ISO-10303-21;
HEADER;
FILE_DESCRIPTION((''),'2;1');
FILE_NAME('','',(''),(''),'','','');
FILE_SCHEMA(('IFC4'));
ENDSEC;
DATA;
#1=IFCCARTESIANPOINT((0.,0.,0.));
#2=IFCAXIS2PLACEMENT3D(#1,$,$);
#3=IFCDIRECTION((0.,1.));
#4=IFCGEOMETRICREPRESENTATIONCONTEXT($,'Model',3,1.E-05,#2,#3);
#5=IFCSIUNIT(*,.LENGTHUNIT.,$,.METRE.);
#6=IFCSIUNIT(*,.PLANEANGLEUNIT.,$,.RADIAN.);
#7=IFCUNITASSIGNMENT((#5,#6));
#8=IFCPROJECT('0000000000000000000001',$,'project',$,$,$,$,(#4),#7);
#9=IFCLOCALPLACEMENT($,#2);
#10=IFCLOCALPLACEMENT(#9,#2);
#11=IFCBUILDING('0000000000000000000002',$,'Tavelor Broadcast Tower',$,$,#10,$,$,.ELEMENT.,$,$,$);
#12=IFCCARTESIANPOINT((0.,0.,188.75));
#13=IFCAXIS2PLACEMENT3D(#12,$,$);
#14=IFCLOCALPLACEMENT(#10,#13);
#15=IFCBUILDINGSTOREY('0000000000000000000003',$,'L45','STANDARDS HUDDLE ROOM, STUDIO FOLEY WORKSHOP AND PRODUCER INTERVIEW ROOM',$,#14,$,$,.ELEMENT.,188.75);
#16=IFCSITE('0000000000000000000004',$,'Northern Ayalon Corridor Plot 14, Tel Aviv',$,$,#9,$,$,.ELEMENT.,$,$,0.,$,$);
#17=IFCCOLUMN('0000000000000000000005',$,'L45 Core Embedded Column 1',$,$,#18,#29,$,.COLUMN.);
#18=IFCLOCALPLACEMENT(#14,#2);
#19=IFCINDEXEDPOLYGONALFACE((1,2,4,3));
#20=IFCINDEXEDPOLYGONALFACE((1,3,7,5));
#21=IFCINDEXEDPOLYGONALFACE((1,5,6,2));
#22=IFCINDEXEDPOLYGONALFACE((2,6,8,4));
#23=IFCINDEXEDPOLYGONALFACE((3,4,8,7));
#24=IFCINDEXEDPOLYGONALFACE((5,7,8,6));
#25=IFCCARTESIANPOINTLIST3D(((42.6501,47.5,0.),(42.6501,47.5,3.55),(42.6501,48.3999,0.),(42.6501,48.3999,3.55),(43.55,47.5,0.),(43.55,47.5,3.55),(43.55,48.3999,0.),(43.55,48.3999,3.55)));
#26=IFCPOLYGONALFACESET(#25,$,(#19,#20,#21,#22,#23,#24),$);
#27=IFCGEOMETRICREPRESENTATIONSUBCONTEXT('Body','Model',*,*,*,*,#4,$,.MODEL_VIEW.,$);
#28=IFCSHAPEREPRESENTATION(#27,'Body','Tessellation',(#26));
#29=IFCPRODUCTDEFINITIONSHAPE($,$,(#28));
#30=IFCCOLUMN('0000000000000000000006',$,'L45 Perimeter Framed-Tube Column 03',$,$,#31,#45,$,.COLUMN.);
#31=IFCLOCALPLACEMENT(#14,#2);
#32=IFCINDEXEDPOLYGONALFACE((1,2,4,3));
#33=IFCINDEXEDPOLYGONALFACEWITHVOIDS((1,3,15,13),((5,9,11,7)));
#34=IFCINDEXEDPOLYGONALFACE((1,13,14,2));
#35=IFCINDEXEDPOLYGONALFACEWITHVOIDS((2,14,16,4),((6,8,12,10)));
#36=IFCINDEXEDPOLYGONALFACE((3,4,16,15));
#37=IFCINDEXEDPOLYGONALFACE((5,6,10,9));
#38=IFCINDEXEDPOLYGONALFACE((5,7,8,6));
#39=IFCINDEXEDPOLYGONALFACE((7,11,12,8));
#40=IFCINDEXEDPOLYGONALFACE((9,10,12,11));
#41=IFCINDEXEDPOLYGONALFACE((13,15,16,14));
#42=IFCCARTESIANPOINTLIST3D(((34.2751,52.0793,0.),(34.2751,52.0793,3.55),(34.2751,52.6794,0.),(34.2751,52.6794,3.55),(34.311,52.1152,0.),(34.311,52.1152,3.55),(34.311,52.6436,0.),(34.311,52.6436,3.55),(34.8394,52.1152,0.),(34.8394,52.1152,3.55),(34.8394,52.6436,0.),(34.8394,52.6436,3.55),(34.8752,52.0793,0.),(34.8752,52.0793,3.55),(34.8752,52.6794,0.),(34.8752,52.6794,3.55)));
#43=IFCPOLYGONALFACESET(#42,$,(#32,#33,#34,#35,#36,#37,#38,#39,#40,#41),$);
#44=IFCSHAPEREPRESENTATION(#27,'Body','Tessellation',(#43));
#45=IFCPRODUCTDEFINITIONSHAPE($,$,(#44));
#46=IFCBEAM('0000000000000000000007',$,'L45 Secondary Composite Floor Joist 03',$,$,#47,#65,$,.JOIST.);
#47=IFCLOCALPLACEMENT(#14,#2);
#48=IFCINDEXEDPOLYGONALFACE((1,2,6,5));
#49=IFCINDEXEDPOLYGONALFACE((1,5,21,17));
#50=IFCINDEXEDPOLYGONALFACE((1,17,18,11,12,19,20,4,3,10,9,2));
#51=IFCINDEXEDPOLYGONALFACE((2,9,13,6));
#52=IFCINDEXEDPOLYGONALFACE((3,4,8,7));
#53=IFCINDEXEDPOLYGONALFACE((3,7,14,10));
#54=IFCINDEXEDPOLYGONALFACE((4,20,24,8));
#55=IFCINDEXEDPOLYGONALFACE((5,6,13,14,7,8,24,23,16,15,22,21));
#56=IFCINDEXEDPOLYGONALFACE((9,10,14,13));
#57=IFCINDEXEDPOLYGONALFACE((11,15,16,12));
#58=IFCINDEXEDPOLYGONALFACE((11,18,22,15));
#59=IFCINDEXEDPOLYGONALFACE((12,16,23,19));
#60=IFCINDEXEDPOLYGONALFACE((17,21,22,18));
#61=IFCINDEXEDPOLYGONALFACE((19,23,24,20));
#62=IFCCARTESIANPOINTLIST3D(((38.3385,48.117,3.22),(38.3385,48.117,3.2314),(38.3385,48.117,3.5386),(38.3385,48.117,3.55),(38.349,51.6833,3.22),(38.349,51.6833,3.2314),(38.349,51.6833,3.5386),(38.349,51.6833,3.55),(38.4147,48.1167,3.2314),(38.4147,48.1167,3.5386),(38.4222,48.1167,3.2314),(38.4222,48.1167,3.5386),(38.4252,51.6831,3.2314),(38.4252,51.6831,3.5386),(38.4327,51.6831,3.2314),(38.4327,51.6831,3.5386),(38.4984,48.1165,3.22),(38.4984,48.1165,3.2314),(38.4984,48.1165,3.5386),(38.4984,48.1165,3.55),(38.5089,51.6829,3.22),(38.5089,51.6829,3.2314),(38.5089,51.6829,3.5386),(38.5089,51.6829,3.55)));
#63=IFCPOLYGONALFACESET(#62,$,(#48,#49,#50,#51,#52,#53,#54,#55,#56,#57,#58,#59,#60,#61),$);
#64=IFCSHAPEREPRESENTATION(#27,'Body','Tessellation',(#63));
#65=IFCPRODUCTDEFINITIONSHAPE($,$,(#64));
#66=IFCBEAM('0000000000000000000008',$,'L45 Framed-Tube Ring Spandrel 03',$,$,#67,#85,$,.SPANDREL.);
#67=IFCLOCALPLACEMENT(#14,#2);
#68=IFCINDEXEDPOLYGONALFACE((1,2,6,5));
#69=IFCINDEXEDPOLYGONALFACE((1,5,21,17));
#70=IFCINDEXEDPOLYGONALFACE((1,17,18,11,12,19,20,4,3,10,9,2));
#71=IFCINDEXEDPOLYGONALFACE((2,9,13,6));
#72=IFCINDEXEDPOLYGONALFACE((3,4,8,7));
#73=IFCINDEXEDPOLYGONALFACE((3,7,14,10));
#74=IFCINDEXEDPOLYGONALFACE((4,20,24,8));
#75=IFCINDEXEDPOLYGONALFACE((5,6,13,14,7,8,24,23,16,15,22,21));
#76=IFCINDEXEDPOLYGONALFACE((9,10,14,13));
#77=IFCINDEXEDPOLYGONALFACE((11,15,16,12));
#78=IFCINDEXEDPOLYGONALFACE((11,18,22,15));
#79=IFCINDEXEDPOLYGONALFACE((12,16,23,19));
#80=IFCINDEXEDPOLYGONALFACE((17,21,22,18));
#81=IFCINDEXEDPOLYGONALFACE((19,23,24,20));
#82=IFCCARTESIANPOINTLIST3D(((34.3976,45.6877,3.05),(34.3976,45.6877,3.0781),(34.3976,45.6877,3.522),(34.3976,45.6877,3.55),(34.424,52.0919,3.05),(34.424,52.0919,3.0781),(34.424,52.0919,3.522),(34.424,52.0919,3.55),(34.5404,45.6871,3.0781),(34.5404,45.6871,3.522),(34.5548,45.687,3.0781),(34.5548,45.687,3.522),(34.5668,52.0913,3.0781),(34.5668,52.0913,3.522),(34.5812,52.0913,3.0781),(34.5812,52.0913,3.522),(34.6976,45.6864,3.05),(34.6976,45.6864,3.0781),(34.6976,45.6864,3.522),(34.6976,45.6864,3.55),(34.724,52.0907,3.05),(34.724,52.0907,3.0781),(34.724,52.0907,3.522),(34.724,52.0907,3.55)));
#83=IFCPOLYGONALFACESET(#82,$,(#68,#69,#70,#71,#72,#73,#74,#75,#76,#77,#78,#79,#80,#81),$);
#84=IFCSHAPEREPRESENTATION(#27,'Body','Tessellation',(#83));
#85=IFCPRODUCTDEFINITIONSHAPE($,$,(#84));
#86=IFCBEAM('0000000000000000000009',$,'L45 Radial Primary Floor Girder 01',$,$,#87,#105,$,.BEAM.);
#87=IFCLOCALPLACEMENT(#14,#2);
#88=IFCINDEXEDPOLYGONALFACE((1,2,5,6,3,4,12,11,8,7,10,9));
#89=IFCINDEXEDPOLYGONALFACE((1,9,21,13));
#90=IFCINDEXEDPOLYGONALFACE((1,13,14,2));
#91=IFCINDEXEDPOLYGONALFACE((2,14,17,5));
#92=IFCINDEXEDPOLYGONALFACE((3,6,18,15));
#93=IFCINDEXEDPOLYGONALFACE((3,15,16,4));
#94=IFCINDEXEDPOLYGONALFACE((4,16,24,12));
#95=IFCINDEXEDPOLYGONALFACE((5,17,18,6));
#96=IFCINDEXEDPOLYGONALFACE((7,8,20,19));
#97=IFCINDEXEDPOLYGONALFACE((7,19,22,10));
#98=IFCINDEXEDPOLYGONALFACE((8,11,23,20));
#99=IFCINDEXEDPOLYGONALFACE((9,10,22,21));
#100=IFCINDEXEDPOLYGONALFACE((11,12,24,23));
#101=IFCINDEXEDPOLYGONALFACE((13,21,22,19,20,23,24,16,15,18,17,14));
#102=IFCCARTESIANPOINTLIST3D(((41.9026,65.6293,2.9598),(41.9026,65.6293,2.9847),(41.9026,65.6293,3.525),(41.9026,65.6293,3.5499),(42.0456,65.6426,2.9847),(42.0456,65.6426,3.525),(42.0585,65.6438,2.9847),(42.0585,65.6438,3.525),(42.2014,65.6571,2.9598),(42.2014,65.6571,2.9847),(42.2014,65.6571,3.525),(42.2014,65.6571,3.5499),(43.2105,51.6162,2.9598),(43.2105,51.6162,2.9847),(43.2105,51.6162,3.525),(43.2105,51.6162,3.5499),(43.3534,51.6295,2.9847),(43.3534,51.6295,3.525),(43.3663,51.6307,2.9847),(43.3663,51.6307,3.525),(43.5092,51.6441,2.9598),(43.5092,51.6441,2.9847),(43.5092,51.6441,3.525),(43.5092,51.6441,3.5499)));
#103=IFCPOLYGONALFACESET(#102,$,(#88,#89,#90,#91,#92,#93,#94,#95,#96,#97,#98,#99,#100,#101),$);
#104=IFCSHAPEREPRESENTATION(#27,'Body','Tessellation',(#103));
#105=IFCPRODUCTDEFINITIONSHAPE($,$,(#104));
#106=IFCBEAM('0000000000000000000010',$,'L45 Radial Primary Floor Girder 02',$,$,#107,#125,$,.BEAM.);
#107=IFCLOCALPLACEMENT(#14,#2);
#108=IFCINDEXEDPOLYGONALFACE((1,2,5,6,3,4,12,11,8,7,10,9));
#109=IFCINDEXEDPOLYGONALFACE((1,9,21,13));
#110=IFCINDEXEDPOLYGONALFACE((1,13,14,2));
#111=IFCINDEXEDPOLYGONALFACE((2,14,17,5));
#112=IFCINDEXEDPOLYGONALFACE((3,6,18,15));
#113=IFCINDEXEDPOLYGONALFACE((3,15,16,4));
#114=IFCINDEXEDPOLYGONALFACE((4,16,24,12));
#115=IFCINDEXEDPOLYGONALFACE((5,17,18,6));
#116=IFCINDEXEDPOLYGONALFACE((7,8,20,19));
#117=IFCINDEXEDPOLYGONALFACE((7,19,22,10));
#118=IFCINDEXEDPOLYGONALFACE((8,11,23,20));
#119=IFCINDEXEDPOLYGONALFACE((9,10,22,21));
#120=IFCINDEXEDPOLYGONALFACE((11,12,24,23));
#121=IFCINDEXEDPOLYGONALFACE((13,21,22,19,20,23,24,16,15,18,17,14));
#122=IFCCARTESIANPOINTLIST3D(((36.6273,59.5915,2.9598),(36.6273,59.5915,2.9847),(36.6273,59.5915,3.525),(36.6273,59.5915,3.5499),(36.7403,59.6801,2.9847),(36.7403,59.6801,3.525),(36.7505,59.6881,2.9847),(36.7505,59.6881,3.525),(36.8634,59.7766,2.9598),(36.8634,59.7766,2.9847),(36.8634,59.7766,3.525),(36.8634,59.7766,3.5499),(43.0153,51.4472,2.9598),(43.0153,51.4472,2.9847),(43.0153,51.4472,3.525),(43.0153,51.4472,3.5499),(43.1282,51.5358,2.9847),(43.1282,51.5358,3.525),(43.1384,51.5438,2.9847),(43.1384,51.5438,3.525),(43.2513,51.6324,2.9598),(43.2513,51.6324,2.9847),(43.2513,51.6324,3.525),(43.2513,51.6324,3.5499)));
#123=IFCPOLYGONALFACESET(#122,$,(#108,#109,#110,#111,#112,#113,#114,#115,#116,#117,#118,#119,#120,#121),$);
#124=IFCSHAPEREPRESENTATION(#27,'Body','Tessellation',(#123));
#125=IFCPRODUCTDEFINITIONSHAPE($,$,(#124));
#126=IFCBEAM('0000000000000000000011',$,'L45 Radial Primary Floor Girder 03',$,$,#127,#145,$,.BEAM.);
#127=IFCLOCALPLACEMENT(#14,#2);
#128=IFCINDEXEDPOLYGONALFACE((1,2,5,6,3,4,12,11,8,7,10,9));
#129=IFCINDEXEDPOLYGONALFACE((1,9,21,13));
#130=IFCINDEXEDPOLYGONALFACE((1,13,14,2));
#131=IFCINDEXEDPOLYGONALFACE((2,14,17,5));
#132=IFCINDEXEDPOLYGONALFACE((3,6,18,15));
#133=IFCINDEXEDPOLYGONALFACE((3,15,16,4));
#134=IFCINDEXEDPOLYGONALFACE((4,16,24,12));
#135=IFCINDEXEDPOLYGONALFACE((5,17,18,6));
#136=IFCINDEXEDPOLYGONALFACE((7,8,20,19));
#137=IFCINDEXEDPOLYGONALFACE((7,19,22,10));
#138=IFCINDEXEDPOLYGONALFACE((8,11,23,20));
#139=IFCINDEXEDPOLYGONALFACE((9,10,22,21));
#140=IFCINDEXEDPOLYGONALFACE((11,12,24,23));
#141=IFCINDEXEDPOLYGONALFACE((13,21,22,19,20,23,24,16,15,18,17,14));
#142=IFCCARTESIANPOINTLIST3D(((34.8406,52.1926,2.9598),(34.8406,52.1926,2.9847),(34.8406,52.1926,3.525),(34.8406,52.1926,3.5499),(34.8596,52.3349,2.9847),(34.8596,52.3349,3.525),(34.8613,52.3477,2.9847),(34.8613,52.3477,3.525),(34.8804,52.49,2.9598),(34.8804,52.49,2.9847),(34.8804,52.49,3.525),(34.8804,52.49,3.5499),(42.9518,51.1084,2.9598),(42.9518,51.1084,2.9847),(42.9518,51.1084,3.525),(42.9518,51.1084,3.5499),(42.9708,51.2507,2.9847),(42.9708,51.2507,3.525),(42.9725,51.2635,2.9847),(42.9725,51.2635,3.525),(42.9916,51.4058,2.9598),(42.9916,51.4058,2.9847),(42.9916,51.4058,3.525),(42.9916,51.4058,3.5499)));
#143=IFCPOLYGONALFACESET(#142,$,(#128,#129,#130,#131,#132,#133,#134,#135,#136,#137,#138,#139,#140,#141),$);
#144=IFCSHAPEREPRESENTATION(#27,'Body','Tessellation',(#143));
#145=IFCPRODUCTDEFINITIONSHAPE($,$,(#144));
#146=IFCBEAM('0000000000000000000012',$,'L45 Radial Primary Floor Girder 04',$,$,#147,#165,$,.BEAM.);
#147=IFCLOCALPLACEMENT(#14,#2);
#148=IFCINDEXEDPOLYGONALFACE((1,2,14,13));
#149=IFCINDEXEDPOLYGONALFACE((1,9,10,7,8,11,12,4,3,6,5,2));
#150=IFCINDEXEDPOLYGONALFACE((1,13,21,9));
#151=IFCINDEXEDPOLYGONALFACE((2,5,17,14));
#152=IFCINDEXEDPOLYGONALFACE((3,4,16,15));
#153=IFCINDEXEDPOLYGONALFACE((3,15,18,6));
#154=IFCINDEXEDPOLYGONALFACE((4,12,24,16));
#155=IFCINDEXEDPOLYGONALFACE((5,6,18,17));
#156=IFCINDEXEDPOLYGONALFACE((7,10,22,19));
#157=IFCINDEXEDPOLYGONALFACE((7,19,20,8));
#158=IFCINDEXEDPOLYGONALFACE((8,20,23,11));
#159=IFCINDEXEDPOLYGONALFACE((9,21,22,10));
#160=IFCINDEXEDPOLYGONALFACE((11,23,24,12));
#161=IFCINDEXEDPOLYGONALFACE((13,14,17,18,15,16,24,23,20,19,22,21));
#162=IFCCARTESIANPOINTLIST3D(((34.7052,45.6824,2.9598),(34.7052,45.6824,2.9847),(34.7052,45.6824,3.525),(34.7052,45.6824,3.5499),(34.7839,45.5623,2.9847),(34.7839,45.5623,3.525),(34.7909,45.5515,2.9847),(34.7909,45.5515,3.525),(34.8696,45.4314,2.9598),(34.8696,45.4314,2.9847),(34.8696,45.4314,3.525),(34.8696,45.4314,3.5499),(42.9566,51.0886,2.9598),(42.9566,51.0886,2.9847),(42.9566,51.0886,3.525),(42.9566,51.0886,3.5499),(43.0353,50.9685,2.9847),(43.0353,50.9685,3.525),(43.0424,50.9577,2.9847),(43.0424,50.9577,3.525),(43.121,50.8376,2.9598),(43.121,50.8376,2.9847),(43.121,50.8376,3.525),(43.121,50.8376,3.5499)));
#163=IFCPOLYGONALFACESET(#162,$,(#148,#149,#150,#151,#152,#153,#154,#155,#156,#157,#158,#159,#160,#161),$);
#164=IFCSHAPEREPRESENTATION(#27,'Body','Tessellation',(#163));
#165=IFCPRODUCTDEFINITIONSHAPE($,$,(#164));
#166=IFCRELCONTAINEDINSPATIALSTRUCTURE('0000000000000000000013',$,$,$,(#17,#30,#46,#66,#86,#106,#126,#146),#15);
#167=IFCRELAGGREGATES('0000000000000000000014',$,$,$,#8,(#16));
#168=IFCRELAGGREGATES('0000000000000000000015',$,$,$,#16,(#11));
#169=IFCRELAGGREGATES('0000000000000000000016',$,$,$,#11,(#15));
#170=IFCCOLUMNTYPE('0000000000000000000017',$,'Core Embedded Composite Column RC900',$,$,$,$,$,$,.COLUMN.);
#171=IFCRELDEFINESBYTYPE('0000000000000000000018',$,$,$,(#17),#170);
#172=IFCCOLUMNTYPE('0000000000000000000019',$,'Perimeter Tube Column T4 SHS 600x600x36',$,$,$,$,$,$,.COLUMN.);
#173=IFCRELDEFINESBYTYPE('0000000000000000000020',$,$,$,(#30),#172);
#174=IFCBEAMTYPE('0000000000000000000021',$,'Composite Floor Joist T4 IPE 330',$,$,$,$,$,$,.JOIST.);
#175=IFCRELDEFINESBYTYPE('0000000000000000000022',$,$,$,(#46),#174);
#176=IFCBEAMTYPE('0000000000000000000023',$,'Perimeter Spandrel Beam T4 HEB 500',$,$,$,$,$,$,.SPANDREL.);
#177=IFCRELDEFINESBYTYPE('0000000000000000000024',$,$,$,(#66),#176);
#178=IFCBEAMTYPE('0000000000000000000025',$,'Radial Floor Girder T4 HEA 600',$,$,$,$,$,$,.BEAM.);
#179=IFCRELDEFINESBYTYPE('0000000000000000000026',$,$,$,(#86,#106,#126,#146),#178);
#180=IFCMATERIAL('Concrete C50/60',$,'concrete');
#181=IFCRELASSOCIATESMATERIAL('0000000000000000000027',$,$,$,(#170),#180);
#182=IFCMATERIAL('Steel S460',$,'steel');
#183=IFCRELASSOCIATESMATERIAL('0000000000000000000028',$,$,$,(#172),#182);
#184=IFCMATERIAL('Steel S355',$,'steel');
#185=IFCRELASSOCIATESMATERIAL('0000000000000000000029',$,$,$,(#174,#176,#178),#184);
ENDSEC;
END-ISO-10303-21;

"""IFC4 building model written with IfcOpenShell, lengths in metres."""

from ifc_helpers import new_model, si_unit, direction, frame, origin, origin_2d, place, context, subcontext, project, spatial, rectangle, hollow_rectangle, i_section, extrude, material, material_profile, profile_set, type_object, element, save


model = new_model("IFC4")

# Units and contexts
model_context = context("Model", 3, precision=1e-05, world=origin(), true_north=direction((0.0, 1.0)))
body_context = subcontext(model_context, "Body", "Model", "MODEL_VIEW")
ifc_project = project(units=[si_unit("LENGTHUNIT", "METRE"), si_unit("PLANEANGLEUNIT", "RADIAN")], contexts=[model_context])

# Site, building, storey
site_placement = place(None, origin())
site = spatial("IfcSite", under=ifc_project, at=site_placement, Name="Northern Ayalon Corridor Plot 14, Tel Aviv", CompositionType="ELEMENT", RefElevation=0.0)
building_placement = place(site_placement, origin())
building = spatial("IfcBuilding", under=site, at=building_placement, Name="Tavelor Broadcast Tower", CompositionType="ELEMENT")
storey_placement = place(building_placement, frame((0.0, 0.0, 188.75)))
storey = spatial("IfcBuildingStorey", under=building, at=storey_placement, Name="L45", Description="STANDARDS HUDDLE ROOM, STUDIO FOLEY WORKSHOP AND PRODUCER INTERVIEW ROOM", CompositionType="ELEMENT", Elevation=188.75)

# Columns
ifc_material_1 = material(Name="Concrete C50/60", Category="concrete")
ifc_material_profile_1 = material_profile(ifc_material_1, rectangle(XDim=0.8999, YDim=0.8999, at=origin_2d()), Name="RC 900x900")
ifc_profile_set_1 = profile_set([ifc_material_profile_1], Name="Concrete C50/60")
column_type_1 = type_object("IfcColumnType", Name="Core Embedded Composite Column RC900", PredefinedType="COLUMN", material=ifc_profile_set_1)
column_1_placement = place(storey_placement, frame((43.1001, 47.95, 0.0), z_axis=(0.0, 0.0, 1.0), x_axis=(1.0, 0.0, 0.0)))
element("IfcColumn", 1, at=column_1_placement, inside=storey, type_object=column_type_1, Name="L45 Core Embedded Column 1", PredefinedType="COLUMN", context=body_context, shape_type="SweptSolid", body=[
    extrude(rectangle(XDim=0.8999, YDim=0.8999, at=origin_2d()), origin(), (0.0, 0.0, 1.0), 3.55),
])
ifc_material_2 = material(Name="Steel S460", Category="steel")
ifc_material_profile_2 = material_profile(ifc_material_2, hollow_rectangle(XDim=0.6001, YDim=0.6001, WallThickness=0.0359, at=origin_2d()), Name="SHS 600x600x36")
ifc_profile_set_2 = profile_set([ifc_material_profile_2], Name="Steel S460")
column_type_2 = type_object("IfcColumnType", Name="Perimeter Tube Column T4 SHS 600x600x36", PredefinedType="COLUMN", material=ifc_profile_set_2)
column_2_placement = place(storey_placement, frame((34.5752, 52.3794, 0.0), z_axis=(0.0, 0.0, 1.0), x_axis=(1.0, 0.0, 0.0)))
element("IfcColumn", 2, at=column_2_placement, inside=storey, type_object=column_type_2, Name="L45 Perimeter Framed-Tube Column 03", PredefinedType="COLUMN", context=body_context, shape_type="SweptSolid", body=[
    extrude(hollow_rectangle(XDim=0.6001, YDim=0.6001, WallThickness=0.0359, at=origin_2d()), origin(), (0.0, 0.0, 1.0), 3.55),
])

# Beams
ifc_material_3 = material(Name="Steel S355", Category="steel")
ifc_material_profile_3 = material_profile(ifc_material_3, i_section(OverallWidth=0.1599, OverallDepth=0.3301, WebThickness=0.0076, FlangeThickness=0.0115, at=origin_2d()), Name="IPE 330")
ifc_profile_set_3 = profile_set([ifc_material_profile_3], Name="Steel S355")
beam_type_1 = type_object("IfcBeamType", Name="Composite Floor Joist T4 IPE 330", PredefinedType="JOIST", material=ifc_profile_set_3)
beam_1_placement = place(storey_placement, frame((38.429, 51.6831, 3.385), z_axis=(-0.002944, -0.999996, 0.0), x_axis=(0.999996, -0.002944, 0.0)))
element("IfcBeam", 3, at=beam_1_placement, inside=storey, type_object=beam_type_1, Name="L45 Secondary Composite Floor Joist 03", PredefinedType="JOIST", context=body_context, shape_type="SweptSolid", body=[
    extrude(i_section(OverallWidth=0.1599, OverallDepth=0.3301, WebThickness=0.0076, FlangeThickness=0.0115, at=origin_2d()), origin(), (0.0, 0.0, 1.0), 3.5664),
])
ifc_material_profile_4 = material_profile(ifc_material_3, i_section(OverallWidth=0.3, OverallDepth=0.5, WebThickness=0.0144, FlangeThickness=0.0281, at=origin_2d()), Name="HEB 500")
ifc_profile_set_4 = profile_set([ifc_material_profile_4], Name="Steel S355")
beam_type_2 = type_object("IfcBeamType", Name="Perimeter Spandrel Beam T4 HEB 500", PredefinedType="SPANDREL", material=ifc_profile_set_4)
beam_2_placement = place(storey_placement, frame((34.574, 52.0913, 3.3), z_axis=(-0.004117, -0.999992, 0.0), x_axis=(0.999992, -0.004117, 0.0)))
element("IfcBeam", 4, at=beam_2_placement, inside=storey, type_object=beam_type_2, Name="L45 Framed-Tube Ring Spandrel 03", PredefinedType="SPANDREL", context=body_context, shape_type="SweptSolid", body=[
    extrude(i_section(OverallWidth=0.3, OverallDepth=0.5, WebThickness=0.0144, FlangeThickness=0.0281, at=origin_2d()), origin(), (0.0, 0.0, 1.0), 6.4043),
])
ifc_material_profile_5 = material_profile(ifc_material_3, i_section(OverallWidth=0.3, OverallDepth=0.5901, WebThickness=0.0129, FlangeThickness=0.0249, at=origin_2d()), Name="HEA 600")
ifc_profile_set_5 = profile_set([ifc_material_profile_5], Name="Steel S355")
beam_type_3 = type_object("IfcBeamType", Name="Radial Floor Girder T4 HEA 600", PredefinedType="BEAM", material=ifc_profile_set_5)
beam_3_placement = place(storey_placement, frame((43.3599, 51.6301, 3.2549), z_axis=(-0.092927, 0.995673, 0.0), x_axis=(-0.995673, -0.092927, 0.0)))
element("IfcBeam", 5, at=beam_3_placement, inside=storey, type_object=beam_type_3, Name="L45 Radial Primary Floor Girder 01", PredefinedType="BEAM", context=body_context, shape_type="SweptSolid", body=[
    extrude(i_section(OverallWidth=0.3, OverallDepth=0.5901, WebThickness=0.0129, FlangeThickness=0.0249, at=origin_2d()), origin(), (0.0, 0.0, 1.0), 14.074),
])
beam_4_placement = place(storey_placement, frame((43.1333, 51.5398, 3.2549), z_axis=(-0.617156, 0.786841, 0.0), x_axis=(-0.786841, -0.617156, 0.0)))
element("IfcBeam", 6, at=beam_4_placement, inside=storey, type_object=beam_type_3, Name="L45 Radial Primary Floor Girder 02", PredefinedType="BEAM", context=body_context, shape_type="SweptSolid", body=[
    extrude(i_section(OverallWidth=0.3, OverallDepth=0.5901, WebThickness=0.0129, FlangeThickness=0.0249, at=origin_2d()), origin(), (0.0, 0.0, 1.0), 10.3506),
])
beam_5_placement = place(storey_placement, frame((42.9717, 51.2571, 3.2549), z_axis=(-0.991184, 0.132494, 0.0), x_axis=(-0.132494, -0.991184, 0.0)))
element("IfcBeam", 7, at=beam_5_placement, inside=storey, type_object=beam_type_3, Name="L45 Radial Primary Floor Girder 03", PredefinedType="BEAM", context=body_context, shape_type="SweptSolid", body=[
    extrude(i_section(OverallWidth=0.3, OverallDepth=0.5901, WebThickness=0.0129, FlangeThickness=0.0249, at=origin_2d()), origin(), (0.0, 0.0, 1.0), 8.1833),
])
beam_6_placement = place(storey_placement, frame((43.0388, 50.9631, 3.2549), z_axis=(-0.836456, -0.548035, 0.0), x_axis=(0.548035, -0.836456, 0.0)))
element("IfcBeam", 8, at=beam_6_placement, inside=storey, type_object=beam_type_3, Name="L45 Radial Primary Floor Girder 04", PredefinedType="BEAM", context=body_context, shape_type="SweptSolid", body=[
    extrude(i_section(OverallWidth=0.3, OverallDepth=0.5901, WebThickness=0.0129, FlangeThickness=0.0249, at=origin_2d()), origin(), (0.0, 0.0, 1.0), 9.8647),
])

save(model, "model.ifc")
